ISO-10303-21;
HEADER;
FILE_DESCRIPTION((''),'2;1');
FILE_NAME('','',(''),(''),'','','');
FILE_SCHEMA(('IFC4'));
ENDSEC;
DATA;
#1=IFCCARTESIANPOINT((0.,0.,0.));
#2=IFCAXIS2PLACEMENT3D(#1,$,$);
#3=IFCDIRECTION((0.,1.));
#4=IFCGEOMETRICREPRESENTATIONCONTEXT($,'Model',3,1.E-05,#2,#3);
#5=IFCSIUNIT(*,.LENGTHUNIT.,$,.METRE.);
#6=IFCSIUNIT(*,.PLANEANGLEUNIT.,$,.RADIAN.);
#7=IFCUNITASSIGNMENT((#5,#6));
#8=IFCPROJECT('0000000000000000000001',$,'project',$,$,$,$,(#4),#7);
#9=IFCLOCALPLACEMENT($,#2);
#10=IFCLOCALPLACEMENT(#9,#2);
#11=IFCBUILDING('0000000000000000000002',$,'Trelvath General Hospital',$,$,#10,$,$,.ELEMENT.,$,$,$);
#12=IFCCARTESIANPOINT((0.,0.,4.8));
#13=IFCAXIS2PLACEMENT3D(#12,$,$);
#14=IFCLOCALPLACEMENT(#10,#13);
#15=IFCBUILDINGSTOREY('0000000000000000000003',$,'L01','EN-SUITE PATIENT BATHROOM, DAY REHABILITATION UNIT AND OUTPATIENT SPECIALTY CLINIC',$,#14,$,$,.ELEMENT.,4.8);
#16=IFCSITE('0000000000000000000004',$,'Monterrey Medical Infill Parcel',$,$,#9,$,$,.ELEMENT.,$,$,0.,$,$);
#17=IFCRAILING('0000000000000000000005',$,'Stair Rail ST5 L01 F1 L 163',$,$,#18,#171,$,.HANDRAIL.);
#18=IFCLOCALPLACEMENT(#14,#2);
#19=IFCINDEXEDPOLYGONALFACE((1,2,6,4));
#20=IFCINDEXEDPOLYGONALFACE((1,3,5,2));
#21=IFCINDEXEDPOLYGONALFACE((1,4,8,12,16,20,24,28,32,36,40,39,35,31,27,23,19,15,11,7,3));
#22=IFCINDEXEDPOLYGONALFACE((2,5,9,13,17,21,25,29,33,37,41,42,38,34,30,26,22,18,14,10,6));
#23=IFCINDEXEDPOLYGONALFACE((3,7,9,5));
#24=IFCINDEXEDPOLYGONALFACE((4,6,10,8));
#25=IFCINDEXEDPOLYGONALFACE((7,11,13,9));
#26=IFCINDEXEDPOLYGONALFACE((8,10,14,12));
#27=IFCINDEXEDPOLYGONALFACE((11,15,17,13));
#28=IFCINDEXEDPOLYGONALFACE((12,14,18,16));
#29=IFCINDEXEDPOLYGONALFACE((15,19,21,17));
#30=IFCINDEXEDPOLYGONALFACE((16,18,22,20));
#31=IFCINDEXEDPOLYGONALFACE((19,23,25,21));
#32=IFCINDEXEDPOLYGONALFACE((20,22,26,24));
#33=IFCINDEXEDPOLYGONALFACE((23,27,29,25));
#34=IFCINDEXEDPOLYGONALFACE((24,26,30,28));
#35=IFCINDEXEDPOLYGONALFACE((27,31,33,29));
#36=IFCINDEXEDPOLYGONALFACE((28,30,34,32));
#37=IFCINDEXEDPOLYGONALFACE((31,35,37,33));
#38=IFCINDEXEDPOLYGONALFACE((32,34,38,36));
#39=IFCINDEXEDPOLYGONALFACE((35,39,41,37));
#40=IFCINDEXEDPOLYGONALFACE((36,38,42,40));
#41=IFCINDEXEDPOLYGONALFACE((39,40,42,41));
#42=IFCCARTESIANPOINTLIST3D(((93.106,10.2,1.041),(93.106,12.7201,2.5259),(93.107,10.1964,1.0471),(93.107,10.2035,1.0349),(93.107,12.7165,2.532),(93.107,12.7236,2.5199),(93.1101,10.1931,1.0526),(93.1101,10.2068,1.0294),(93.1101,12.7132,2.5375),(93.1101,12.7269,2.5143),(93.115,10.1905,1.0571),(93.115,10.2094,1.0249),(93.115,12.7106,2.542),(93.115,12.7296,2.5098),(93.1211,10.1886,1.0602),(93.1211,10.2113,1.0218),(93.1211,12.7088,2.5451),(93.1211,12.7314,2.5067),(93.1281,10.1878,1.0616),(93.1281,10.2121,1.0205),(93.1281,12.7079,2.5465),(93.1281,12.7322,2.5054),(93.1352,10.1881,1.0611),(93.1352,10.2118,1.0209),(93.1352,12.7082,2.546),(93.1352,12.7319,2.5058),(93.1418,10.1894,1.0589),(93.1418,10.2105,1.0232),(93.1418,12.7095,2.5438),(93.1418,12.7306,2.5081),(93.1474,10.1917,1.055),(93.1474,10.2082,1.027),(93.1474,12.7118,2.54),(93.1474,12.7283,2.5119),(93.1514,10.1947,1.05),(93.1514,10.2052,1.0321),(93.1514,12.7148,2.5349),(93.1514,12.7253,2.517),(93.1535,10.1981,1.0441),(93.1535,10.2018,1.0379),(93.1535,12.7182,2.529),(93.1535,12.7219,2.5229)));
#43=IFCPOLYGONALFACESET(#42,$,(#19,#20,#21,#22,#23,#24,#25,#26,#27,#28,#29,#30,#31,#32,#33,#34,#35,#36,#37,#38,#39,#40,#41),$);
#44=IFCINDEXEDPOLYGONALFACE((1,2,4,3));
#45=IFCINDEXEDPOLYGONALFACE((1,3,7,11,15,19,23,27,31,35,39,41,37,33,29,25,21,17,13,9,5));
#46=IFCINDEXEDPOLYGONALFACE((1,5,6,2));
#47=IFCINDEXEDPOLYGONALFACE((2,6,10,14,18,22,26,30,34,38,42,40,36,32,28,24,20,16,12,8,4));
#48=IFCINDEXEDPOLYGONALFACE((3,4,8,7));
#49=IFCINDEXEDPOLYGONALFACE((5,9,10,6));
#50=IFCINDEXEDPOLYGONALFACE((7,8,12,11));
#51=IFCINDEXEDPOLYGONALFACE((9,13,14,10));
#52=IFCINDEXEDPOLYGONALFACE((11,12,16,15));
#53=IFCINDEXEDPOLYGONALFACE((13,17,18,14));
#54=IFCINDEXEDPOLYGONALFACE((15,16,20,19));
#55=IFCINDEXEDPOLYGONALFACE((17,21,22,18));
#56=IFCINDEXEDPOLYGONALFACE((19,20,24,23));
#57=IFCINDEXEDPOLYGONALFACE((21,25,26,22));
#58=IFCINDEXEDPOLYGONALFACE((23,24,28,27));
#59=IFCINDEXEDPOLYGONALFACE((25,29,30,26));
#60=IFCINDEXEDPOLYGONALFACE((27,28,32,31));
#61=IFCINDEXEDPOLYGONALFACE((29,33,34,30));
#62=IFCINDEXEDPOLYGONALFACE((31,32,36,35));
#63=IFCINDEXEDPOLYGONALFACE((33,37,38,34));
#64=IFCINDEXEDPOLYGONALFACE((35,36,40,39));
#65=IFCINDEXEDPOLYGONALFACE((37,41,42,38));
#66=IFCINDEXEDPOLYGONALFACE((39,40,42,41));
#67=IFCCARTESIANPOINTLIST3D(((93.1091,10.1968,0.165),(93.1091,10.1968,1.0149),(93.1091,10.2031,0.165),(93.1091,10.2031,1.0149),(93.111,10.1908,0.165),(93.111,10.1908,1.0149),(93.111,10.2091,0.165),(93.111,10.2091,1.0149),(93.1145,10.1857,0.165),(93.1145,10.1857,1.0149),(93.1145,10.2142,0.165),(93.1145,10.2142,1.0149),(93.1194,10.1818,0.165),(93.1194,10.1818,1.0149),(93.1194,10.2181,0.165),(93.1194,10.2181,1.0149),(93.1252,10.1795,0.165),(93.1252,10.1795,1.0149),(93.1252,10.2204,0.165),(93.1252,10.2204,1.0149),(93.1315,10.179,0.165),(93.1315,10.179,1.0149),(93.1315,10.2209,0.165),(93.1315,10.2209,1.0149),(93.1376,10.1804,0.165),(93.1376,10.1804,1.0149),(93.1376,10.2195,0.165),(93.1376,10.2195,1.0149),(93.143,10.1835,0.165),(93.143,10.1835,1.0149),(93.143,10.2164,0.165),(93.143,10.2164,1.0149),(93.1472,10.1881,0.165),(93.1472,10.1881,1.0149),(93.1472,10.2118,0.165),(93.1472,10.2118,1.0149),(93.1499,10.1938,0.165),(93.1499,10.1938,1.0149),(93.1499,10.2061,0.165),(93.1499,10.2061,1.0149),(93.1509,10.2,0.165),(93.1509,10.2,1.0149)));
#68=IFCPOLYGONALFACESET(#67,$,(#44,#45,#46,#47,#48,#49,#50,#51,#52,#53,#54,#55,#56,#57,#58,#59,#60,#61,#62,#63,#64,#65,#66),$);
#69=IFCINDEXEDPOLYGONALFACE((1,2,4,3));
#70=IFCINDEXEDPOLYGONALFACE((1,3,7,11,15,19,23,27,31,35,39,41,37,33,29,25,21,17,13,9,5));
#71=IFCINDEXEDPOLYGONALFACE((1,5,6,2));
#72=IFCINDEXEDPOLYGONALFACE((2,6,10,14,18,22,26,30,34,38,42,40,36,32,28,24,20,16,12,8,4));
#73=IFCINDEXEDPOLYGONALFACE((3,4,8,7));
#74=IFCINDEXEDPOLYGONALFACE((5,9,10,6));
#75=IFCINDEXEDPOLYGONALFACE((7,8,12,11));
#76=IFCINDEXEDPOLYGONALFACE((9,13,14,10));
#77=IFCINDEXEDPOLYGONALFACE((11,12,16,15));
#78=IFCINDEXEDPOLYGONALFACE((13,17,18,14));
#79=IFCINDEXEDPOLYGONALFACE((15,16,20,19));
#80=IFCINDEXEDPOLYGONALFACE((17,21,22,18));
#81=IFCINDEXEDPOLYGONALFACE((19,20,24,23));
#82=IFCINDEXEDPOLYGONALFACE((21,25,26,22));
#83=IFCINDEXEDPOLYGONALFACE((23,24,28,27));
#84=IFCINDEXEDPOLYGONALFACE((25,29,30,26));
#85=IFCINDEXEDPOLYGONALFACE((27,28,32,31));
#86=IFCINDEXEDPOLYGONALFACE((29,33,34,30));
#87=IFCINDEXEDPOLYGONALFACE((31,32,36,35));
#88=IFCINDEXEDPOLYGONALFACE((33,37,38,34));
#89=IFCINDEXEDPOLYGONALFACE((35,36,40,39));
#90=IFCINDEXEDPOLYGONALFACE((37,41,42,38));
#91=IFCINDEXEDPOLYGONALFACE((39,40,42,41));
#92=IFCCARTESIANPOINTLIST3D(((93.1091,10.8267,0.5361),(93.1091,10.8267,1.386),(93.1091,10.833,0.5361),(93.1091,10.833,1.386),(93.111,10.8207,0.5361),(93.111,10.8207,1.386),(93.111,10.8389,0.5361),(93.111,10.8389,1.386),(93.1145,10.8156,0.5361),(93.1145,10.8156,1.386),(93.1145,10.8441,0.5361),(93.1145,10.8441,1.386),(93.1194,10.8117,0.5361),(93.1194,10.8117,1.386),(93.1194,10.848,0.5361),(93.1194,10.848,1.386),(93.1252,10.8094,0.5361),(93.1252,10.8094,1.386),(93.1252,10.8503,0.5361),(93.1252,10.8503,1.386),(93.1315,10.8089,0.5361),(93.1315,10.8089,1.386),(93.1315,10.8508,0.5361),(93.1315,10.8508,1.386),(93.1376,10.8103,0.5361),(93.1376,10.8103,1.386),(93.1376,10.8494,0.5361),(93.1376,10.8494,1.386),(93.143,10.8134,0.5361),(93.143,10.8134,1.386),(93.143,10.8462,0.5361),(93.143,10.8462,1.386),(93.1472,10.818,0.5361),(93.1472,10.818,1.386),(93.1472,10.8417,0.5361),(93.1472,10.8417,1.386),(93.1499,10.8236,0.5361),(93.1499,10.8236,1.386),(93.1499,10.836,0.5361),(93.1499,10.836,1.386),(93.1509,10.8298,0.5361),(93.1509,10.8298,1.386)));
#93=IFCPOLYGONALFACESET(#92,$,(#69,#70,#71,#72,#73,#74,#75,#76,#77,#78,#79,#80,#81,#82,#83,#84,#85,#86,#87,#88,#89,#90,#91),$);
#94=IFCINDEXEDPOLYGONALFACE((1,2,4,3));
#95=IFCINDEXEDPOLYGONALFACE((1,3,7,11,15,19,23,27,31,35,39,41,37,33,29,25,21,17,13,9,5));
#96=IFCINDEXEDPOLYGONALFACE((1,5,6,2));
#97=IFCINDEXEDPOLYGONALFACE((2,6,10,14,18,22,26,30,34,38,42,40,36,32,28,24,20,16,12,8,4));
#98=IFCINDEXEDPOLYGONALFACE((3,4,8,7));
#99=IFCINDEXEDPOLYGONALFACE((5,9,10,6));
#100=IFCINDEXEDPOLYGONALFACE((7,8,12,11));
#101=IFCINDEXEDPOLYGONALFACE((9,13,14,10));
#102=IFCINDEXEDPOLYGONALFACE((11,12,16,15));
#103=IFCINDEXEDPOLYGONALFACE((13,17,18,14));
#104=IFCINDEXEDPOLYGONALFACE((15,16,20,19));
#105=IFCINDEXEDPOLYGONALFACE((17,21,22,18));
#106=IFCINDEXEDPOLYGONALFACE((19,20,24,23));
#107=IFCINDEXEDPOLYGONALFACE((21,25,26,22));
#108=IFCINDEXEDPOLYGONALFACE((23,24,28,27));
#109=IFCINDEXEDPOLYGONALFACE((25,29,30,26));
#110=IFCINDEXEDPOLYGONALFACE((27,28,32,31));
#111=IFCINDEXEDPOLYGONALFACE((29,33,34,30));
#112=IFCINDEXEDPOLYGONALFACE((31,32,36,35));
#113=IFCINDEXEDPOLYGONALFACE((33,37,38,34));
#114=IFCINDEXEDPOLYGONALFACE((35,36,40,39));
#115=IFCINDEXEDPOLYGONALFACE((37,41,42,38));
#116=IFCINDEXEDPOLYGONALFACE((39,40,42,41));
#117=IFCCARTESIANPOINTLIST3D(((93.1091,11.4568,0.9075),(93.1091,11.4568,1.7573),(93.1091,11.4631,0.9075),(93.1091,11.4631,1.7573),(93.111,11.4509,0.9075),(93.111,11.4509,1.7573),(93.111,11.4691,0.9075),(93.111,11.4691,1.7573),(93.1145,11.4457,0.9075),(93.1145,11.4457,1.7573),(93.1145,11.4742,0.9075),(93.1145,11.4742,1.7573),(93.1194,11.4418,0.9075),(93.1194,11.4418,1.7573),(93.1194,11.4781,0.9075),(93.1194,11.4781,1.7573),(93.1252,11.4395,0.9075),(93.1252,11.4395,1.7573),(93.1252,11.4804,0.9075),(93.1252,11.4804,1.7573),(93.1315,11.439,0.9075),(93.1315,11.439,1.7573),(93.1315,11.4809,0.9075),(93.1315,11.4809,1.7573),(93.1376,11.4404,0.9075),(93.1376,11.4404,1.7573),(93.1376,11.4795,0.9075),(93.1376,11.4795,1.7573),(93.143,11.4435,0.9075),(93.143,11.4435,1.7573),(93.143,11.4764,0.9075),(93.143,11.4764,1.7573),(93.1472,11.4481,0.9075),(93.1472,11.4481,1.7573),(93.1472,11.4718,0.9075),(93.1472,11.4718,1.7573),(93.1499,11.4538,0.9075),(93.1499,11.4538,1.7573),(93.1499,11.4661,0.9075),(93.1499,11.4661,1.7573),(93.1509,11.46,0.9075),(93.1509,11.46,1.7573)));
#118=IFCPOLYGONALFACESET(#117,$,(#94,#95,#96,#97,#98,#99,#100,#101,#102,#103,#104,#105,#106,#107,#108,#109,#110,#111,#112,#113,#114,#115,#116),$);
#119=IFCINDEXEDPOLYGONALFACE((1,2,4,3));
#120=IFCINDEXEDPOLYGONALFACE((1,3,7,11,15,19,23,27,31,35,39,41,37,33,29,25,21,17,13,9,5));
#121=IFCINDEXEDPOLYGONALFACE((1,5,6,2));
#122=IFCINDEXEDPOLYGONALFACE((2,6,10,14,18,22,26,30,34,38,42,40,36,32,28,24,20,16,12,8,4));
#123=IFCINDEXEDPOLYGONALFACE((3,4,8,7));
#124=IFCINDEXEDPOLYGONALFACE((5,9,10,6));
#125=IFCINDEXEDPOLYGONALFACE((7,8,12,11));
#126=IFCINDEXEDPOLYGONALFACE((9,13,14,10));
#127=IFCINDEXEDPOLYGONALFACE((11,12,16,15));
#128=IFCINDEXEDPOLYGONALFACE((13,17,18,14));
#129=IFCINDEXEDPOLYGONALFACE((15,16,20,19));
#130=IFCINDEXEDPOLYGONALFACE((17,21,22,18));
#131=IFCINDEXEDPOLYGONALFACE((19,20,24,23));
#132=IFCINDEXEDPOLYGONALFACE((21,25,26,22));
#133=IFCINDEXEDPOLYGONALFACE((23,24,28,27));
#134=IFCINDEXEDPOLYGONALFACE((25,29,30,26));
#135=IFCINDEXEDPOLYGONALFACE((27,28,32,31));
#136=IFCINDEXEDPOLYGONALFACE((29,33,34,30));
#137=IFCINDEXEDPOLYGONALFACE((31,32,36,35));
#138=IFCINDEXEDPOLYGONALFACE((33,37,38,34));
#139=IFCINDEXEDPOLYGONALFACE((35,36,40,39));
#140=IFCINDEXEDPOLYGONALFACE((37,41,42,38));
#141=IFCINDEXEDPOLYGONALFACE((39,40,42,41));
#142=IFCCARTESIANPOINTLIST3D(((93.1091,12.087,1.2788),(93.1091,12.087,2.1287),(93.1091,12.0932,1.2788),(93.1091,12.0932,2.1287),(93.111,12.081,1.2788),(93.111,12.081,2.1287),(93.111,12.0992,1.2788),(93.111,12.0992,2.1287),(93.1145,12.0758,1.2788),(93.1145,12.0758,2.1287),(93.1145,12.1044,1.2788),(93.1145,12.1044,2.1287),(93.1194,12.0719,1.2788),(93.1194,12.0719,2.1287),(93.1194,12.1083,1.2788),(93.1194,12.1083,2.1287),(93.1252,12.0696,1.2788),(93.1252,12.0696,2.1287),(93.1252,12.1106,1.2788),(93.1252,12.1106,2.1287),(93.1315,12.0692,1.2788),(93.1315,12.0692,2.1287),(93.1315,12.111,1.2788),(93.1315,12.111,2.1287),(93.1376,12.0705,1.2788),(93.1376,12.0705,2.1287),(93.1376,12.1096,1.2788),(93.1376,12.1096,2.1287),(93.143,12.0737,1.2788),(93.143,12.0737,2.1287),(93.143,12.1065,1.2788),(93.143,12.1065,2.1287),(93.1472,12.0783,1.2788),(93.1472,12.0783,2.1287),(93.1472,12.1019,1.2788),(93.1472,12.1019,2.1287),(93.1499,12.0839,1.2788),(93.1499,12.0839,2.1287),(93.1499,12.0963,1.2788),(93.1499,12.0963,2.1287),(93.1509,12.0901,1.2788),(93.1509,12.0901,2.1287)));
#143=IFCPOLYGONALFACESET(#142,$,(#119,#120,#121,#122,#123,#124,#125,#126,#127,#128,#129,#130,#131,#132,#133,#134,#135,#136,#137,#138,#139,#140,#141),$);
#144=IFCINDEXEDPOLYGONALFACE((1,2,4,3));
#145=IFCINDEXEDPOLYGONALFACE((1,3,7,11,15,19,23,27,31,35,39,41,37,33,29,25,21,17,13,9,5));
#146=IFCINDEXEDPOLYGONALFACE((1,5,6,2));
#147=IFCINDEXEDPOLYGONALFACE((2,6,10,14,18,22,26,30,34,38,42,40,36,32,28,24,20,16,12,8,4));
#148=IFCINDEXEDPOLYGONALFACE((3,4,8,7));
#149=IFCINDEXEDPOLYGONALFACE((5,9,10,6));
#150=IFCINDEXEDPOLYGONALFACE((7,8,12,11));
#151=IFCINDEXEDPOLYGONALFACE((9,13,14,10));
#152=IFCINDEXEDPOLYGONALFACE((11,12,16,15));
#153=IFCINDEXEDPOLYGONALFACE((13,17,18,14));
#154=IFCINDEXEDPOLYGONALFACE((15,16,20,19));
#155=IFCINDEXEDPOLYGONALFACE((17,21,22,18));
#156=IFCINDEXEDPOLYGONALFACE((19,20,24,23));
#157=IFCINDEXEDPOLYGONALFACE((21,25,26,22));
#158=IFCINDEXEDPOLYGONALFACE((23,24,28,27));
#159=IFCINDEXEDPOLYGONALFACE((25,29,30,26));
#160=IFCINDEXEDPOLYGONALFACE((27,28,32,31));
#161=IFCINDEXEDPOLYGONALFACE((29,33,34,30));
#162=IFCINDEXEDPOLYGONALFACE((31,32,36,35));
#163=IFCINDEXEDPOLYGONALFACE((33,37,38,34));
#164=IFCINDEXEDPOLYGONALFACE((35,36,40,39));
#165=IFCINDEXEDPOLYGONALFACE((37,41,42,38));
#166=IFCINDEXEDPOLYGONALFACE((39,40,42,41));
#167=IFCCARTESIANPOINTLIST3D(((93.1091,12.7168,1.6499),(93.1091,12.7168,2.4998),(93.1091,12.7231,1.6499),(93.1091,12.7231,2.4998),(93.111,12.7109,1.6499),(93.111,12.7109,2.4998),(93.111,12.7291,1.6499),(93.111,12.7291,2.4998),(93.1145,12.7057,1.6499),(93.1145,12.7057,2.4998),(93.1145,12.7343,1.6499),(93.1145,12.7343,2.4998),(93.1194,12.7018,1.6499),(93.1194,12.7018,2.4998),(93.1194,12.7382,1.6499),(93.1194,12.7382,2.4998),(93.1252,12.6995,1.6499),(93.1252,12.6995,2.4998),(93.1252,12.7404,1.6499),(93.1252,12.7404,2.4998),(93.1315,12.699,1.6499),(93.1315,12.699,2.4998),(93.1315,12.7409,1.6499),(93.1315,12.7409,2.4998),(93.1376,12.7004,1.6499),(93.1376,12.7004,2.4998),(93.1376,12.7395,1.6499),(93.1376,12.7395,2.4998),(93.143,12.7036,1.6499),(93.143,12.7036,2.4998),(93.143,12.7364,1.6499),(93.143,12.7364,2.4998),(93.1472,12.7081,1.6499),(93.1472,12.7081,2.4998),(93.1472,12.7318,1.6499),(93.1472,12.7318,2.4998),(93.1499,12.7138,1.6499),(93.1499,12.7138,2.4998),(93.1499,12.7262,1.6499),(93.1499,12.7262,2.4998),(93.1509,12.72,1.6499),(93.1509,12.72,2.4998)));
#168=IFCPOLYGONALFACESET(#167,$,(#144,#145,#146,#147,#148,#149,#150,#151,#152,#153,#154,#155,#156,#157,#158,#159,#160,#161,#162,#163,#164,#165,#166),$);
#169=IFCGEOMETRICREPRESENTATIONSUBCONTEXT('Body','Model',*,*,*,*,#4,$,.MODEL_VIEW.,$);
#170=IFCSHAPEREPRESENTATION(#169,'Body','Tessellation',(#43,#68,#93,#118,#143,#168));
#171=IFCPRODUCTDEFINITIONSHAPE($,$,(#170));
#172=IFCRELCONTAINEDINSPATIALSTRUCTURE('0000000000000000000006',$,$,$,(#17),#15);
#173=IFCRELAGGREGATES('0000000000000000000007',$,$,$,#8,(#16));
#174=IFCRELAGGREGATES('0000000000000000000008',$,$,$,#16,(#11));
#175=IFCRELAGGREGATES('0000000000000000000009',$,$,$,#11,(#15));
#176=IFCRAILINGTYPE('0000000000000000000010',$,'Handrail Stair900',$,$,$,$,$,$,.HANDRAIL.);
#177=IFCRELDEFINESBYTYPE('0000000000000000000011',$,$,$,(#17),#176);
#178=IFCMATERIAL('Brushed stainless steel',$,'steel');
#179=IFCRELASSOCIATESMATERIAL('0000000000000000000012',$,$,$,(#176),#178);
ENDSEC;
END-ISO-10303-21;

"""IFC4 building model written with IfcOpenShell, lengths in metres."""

from ifc_helpers import new_model, si_unit, direction, frame, origin, origin_2d, place, context, subcontext, project, spatial, circle, extrude, material, type_object, element, save


model = new_model("IFC4")

# Units and contexts
model_context = context("Model", 3, precision=1e-05, world=origin(), true_north=direction((0.0, 1.0)))
body_context = subcontext(model_context, "Body", "Model", "MODEL_VIEW")
ifc_project = project(units=[si_unit("LENGTHUNIT", "METRE"), si_unit("PLANEANGLEUNIT", "RADIAN")], contexts=[model_context])

# Site, building, storey
site_placement = place(None, origin())
site = spatial("IfcSite", under=ifc_project, at=site_placement, Name="Monterrey Medical Infill Parcel", CompositionType="ELEMENT", RefElevation=0.0)
building_placement = place(site_placement, origin())
building = spatial("IfcBuilding", under=site, at=building_placement, Name="Trelvath General Hospital", CompositionType="ELEMENT")
storey_placement = place(building_placement, frame((0.0, 0.0, 4.8)))
storey = spatial("IfcBuildingStorey", under=building, at=storey_placement, Name="L01", Description="EN-SUITE PATIENT BATHROOM, DAY REHABILITATION UNIT AND OUTPATIENT SPECIALTY CLINIC", CompositionType="ELEMENT", Elevation=4.8)

# Railing
ifc_material_1 = material(Name="Brushed stainless steel", Category="steel")
railing_type_1 = type_object("IfcRailingType", Name="Handrail Stair900", PredefinedType="HANDRAIL", material=ifc_material_1)
railing_1_placement = place(storey_placement, frame((93.1299, 10.2, 0.165)))
element("IfcRailing", 1, at=railing_1_placement, inside=storey, type_object=railing_type_1, Name="Stair Rail ST5 L01 F1 L 163", PredefinedType="HANDRAIL", context=body_context, shape_type="SweptSolid", body=[
    extrude(circle(Radius=0.0239, at=origin_2d()), frame((0.0, 0.0, 0.876), z_axis=(0.0, 0.861561, 0.507655), x_axis=(-1.0, 0.0, 0.0)), (0.0, 0.0, 1.0), 2.925),
    extrude(circle(Radius=0.021, at=origin_2d()), origin(), (0.0, 0.0, 1.0), 0.8499),
    extrude(circle(Radius=0.021, at=origin_2d()), frame((0.0, 0.6299, 0.3711)), (0.0, 0.0, 1.0), 0.8499),
    extrude(circle(Radius=0.021, at=origin_2d()), frame((0.0, 1.26, 0.7424)), (0.0, 0.0, 1.0), 0.8499),
    extrude(circle(Radius=0.021, at=origin_2d()), frame((0.0, 1.8901, 1.1138)), (0.0, 0.0, 1.0), 0.8499),
    extrude(circle(Radius=0.021, at=origin_2d()), frame((0.0, 2.52, 1.4849)), (0.0, 0.0, 1.0), 0.8499),
])

save(model, "model.ifc")
